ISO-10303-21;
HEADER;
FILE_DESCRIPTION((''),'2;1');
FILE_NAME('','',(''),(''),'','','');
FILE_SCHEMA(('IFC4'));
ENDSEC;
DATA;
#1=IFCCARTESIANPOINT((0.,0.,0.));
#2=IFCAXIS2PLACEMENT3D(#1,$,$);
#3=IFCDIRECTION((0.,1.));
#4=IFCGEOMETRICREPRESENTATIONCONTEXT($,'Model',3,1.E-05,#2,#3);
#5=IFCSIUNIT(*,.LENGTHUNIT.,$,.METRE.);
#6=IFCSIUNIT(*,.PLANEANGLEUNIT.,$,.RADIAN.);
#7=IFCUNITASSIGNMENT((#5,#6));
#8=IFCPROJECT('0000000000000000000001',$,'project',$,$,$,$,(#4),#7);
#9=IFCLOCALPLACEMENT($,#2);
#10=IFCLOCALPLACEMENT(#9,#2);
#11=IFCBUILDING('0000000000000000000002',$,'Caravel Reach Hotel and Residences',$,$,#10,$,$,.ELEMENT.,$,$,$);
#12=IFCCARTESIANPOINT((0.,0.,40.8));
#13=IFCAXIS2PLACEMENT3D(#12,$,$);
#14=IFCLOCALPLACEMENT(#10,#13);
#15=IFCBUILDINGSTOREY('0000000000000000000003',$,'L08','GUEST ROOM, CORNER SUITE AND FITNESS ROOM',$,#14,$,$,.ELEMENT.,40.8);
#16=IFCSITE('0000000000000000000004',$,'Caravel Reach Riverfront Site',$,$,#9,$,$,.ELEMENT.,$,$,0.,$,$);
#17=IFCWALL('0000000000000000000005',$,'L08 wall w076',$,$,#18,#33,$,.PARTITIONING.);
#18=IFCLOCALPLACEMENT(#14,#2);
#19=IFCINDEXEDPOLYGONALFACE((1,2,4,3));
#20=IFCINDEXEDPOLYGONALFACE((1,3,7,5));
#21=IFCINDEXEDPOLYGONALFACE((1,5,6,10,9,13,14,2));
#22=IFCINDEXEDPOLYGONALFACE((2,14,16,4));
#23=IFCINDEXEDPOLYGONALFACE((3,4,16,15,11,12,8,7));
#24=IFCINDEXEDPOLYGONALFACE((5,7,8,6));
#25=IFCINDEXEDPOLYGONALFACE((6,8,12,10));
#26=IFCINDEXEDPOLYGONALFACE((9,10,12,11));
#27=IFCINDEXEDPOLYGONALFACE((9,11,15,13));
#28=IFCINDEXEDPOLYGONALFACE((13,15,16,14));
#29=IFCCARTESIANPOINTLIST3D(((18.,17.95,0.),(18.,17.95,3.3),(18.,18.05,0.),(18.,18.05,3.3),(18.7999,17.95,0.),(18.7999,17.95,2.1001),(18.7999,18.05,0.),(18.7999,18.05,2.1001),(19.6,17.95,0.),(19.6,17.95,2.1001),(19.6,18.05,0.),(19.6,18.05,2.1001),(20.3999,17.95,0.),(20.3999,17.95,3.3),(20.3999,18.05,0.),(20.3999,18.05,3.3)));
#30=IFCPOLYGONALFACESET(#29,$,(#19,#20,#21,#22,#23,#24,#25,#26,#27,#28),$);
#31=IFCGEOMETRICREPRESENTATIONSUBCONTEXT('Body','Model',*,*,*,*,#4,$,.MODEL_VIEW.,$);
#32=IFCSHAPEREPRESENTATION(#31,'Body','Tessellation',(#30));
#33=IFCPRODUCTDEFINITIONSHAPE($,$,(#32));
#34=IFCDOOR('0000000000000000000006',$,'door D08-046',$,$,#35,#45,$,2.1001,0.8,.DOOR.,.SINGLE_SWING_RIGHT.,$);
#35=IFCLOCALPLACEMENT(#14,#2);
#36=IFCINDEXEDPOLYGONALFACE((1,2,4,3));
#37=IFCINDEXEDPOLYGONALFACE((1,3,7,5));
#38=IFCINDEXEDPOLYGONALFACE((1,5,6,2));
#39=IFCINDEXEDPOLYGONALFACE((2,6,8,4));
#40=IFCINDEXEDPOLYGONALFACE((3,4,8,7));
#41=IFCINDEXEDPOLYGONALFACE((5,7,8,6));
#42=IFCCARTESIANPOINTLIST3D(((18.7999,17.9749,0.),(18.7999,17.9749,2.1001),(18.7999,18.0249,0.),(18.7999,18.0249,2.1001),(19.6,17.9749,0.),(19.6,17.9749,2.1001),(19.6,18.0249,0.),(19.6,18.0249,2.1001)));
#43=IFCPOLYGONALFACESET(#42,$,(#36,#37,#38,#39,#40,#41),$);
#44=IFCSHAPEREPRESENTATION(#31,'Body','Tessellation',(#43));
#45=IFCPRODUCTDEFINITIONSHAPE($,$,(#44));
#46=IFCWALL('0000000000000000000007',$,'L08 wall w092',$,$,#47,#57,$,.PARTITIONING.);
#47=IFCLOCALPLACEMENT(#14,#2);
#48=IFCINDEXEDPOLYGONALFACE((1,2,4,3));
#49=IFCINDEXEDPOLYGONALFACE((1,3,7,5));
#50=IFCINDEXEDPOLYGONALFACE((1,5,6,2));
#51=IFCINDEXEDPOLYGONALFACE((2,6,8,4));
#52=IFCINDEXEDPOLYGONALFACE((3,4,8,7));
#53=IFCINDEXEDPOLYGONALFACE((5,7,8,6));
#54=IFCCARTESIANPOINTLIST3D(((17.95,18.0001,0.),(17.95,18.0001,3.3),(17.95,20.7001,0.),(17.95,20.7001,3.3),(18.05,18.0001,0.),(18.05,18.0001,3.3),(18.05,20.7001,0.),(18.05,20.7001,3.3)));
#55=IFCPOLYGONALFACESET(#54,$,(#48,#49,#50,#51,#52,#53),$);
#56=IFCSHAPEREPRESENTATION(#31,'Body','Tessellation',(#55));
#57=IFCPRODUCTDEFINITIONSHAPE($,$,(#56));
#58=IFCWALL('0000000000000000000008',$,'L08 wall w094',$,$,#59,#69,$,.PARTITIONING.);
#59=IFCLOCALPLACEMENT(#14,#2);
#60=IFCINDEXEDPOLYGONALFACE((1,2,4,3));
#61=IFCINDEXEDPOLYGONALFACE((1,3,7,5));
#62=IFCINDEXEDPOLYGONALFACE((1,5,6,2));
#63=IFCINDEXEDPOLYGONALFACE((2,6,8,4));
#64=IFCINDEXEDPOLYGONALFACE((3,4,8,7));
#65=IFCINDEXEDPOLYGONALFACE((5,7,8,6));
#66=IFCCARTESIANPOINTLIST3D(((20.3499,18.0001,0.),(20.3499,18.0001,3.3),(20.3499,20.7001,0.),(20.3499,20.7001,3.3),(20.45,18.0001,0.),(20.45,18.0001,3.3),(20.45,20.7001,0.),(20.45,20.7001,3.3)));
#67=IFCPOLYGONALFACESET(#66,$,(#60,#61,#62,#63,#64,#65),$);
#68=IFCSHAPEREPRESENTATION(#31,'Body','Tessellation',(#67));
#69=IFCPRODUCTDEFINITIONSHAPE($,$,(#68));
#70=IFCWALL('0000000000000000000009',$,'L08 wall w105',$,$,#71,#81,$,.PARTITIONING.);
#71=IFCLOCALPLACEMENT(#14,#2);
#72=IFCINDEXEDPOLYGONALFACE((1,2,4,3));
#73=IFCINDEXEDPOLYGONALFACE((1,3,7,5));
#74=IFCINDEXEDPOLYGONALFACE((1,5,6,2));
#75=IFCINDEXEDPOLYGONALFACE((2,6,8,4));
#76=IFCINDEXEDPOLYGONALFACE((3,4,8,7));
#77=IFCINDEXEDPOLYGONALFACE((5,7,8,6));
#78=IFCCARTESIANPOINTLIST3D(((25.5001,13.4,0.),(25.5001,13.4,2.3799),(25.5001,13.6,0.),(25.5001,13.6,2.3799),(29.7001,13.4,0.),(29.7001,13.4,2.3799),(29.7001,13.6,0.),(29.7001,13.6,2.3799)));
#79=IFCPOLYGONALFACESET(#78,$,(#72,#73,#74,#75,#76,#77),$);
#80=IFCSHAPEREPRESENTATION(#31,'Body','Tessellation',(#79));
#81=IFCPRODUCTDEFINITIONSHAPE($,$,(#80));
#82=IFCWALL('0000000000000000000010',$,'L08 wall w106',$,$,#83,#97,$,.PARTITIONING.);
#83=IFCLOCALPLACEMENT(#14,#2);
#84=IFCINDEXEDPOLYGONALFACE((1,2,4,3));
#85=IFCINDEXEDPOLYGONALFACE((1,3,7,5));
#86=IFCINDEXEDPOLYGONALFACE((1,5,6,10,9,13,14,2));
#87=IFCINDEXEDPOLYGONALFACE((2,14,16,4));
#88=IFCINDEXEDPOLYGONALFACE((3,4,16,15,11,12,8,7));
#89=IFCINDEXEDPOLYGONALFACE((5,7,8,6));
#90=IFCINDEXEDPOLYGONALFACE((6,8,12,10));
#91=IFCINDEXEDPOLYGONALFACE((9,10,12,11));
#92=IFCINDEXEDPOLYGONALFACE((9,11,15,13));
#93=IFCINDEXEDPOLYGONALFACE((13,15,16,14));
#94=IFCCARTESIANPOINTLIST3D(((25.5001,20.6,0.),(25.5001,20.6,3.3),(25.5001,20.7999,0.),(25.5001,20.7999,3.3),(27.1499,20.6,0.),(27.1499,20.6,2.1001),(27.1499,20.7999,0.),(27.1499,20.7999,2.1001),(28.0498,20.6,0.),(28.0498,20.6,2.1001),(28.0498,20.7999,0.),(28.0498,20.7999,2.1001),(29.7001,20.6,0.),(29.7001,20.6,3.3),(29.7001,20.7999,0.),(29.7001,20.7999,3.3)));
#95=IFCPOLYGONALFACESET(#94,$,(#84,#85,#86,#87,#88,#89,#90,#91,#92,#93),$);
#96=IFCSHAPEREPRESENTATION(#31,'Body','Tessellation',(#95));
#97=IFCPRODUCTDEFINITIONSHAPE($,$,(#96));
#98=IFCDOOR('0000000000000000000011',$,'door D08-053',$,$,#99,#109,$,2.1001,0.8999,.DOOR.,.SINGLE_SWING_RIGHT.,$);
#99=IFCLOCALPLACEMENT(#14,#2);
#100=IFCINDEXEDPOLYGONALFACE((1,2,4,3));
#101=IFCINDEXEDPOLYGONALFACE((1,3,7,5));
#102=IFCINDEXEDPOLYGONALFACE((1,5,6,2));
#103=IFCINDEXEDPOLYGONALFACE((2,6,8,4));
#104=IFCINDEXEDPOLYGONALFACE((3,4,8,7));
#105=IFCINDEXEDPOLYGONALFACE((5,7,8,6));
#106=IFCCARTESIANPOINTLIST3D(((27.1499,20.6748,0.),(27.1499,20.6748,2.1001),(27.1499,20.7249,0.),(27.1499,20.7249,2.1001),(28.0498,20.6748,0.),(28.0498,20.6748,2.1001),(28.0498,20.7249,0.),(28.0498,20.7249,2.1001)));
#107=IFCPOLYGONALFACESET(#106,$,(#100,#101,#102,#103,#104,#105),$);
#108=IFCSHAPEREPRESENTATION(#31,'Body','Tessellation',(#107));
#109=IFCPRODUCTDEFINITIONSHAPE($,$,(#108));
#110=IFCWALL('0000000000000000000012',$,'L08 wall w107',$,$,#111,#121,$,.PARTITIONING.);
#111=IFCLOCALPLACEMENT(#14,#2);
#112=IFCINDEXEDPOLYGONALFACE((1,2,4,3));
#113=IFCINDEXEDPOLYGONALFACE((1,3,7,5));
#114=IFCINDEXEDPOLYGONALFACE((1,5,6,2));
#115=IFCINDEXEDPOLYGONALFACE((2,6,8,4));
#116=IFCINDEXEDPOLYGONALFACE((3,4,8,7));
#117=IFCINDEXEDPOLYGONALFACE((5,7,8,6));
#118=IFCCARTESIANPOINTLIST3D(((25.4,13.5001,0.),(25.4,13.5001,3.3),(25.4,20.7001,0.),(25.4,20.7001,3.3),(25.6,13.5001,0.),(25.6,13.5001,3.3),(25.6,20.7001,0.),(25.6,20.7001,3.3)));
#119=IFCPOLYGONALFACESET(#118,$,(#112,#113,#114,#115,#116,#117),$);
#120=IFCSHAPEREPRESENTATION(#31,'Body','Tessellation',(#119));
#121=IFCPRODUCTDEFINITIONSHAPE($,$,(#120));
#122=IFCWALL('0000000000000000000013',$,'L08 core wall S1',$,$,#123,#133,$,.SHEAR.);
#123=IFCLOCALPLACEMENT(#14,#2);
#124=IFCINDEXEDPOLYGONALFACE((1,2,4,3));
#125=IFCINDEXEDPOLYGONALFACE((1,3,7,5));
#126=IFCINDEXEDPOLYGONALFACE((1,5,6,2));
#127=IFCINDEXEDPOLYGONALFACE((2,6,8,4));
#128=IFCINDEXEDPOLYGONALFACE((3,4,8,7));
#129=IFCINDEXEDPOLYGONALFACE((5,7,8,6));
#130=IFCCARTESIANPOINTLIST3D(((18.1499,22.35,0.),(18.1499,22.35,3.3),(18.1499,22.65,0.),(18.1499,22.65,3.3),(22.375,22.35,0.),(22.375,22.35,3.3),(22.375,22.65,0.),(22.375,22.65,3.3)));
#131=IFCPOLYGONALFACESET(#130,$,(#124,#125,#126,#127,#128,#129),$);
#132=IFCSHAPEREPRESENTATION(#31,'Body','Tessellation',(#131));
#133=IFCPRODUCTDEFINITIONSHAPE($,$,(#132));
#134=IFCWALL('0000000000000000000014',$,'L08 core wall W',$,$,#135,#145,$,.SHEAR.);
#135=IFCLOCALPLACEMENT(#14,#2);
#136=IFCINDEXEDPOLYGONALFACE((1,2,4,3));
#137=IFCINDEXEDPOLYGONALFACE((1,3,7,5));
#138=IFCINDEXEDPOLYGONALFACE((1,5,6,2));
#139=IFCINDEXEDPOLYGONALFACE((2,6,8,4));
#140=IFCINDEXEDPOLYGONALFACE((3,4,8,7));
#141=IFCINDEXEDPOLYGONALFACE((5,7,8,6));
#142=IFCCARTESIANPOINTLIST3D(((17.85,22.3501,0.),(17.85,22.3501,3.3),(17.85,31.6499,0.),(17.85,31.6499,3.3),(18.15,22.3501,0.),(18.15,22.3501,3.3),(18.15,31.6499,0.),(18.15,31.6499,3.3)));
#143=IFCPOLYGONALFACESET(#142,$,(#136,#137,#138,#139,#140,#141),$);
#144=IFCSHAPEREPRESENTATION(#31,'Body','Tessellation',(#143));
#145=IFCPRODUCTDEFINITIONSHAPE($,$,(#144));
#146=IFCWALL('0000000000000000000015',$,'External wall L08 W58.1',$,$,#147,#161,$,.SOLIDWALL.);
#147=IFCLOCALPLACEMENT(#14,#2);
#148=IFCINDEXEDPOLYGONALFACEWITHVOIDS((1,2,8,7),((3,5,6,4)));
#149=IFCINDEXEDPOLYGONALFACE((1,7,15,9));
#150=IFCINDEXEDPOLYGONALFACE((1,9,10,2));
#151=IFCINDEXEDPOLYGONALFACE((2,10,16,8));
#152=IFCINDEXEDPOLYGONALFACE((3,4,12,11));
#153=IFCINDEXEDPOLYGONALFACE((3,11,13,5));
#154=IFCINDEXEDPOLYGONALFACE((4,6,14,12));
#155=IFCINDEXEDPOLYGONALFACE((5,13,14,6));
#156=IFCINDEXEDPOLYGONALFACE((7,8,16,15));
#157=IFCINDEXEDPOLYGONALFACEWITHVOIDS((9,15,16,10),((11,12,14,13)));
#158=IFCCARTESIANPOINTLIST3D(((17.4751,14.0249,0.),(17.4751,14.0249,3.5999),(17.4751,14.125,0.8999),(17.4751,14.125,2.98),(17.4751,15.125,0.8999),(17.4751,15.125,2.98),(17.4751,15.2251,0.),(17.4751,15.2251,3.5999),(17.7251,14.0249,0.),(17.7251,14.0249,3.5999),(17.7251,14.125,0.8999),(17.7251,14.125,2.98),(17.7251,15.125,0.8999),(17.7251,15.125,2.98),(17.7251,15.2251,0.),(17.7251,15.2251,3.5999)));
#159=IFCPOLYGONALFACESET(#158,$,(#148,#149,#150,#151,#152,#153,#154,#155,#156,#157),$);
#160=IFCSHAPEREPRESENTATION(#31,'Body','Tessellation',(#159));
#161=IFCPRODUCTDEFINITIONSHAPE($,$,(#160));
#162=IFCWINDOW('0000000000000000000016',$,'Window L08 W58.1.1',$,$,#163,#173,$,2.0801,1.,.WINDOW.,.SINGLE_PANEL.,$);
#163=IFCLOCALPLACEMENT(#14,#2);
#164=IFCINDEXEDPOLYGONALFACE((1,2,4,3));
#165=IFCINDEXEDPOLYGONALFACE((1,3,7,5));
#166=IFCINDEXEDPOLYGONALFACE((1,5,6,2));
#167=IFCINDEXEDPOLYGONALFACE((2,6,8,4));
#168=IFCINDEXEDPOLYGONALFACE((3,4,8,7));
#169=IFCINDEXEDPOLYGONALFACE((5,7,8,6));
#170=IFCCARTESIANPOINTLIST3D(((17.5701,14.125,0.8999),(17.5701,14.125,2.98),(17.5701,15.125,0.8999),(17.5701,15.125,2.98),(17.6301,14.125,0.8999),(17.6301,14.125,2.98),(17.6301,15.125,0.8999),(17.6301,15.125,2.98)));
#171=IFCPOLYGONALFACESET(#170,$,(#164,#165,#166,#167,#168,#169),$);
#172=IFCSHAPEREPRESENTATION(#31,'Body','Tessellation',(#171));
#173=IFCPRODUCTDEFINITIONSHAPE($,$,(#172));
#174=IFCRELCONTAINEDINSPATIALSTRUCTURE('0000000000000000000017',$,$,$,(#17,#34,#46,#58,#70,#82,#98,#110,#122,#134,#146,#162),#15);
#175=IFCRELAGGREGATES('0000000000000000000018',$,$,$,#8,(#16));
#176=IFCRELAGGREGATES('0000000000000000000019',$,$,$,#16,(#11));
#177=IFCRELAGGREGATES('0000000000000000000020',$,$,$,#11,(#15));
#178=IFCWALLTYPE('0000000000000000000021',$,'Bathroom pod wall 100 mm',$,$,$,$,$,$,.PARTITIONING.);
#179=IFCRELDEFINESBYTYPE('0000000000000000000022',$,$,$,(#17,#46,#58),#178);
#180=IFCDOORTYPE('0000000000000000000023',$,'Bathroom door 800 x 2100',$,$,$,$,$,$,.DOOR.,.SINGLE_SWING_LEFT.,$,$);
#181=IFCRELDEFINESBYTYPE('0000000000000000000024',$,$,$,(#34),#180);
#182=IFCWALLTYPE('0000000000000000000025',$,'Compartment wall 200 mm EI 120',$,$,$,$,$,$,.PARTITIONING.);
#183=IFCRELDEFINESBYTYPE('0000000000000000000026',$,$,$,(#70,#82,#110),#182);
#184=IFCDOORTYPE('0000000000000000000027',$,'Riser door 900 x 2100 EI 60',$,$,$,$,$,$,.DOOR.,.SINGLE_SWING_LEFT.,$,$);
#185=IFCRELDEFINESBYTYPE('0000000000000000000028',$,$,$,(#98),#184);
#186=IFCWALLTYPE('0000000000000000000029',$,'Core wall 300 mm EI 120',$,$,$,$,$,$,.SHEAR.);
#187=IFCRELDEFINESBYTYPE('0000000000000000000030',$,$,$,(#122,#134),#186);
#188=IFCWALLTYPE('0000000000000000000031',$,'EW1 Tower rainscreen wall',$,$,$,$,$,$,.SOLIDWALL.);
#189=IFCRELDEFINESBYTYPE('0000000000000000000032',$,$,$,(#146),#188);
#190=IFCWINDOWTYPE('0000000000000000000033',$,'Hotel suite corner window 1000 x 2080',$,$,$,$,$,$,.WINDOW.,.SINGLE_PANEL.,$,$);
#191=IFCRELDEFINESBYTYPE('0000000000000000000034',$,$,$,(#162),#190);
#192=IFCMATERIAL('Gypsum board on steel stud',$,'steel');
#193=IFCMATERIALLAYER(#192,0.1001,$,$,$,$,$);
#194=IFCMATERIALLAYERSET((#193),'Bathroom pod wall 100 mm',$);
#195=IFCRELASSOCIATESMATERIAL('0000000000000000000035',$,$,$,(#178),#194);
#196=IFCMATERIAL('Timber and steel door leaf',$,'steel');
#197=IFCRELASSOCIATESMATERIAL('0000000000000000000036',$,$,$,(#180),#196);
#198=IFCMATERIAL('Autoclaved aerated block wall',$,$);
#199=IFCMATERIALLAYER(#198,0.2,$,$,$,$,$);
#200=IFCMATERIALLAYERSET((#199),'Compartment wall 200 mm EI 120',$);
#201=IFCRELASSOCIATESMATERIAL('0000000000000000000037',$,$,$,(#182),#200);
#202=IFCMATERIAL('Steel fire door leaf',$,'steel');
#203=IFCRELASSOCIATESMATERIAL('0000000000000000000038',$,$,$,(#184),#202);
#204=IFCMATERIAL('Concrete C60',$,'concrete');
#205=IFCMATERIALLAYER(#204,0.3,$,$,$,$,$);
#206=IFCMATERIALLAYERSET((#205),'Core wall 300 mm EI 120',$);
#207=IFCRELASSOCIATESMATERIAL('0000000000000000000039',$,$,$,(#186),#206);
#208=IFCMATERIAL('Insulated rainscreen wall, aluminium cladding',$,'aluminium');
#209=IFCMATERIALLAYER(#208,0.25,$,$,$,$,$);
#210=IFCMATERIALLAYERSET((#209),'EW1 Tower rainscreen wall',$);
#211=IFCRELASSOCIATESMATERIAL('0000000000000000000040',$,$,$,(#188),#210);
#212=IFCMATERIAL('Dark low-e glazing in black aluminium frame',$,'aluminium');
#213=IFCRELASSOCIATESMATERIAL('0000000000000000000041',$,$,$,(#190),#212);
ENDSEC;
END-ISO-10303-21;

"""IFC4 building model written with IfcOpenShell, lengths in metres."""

from ifc_helpers import new_model, si_unit, direction, frame, frame_2d, origin, place, context, subcontext, project, spatial, rectangle, extrude, material, layer, layer_set, type_object, element, fill, save


model = new_model("IFC4")

# Units and contexts
model_context = context("Model", 3, precision=1e-05, world=origin(), true_north=direction((0.0, 1.0)))
body_context = subcontext(model_context, "Body", "Model", "MODEL_VIEW")
ifc_project = project(units=[si_unit("LENGTHUNIT", "METRE"), si_unit("PLANEANGLEUNIT", "RADIAN")], contexts=[model_context])

# Site, building, storey
site_placement = place(None, origin())
site = spatial("IfcSite", under=ifc_project, at=site_placement, Name="Caravel Reach Riverfront Site", CompositionType="ELEMENT", RefElevation=0.0)
building_placement = place(site_placement, origin())
building = spatial("IfcBuilding", under=site, at=building_placement, Name="Caravel Reach Hotel and Residences", CompositionType="ELEMENT")
storey_placement = place(building_placement, frame((0.0, 0.0, 40.8)))
storey = spatial("IfcBuildingStorey", under=building, at=storey_placement, Name="L08", Description="GUEST ROOM, CORNER SUITE AND FITNESS ROOM", CompositionType="ELEMENT", Elevation=40.8)

# Wall, opening, door
ifc_material_1 = material(Name="Gypsum board on steel stud", Category="steel")
ifc_layer_1 = layer(ifc_material_1, 0.1001)
ifc_layer_set_1 = layer_set([ifc_layer_1], Name="Bathroom pod wall 100 mm")
wall_type_1 = type_object("IfcWallType", Name="Bathroom pod wall 100 mm", PredefinedType="PARTITIONING", material=ifc_layer_set_1)
wall_1_placement = place(storey_placement, frame((18.0, 18.0, 0.0), z_axis=(0.0, 0.0, 1.0), x_axis=(1.0, 0.0, 0.0)))
wall_1 = element("IfcWall", 1, at=wall_1_placement, inside=storey, type_object=wall_type_1, Name="L08 wall w076", PredefinedType="PARTITIONING", context=body_context, shape_type="SweptSolid", body=[
    extrude(rectangle(XDim=2.3999, YDim=0.1001, at=frame_2d((1.2, 0.0))), origin(), (0.0, 0.0, 1.0), 3.3),
])
opening_1_placement = place(wall_1_placement, frame((0.8, 0.0, 0.0)))
opening_1 = element("IfcOpeningElement", 2, at=opening_1_placement, cuts=wall_1, PredefinedType="OPENING", context=body_context, shape_type="SweptSolid", body=[
    extrude(rectangle(XDim=0.8, YDim=2.1001, at=frame_2d((0.3999, 1.05))), frame((0.0, 0.0601, 0.0), z_axis=(0.0, -1.0, 0.0), x_axis=(1.0, 0.0, 0.0)), (0.0, 0.0, 1.0), 0.1201),
])
ifc_material_2 = material(Name="Timber and steel door leaf", Category="steel")
door_type_1 = type_object("IfcDoorType", Name="Bathroom door 800 x 2100", OperationType="SINGLE_SWING_LEFT", PredefinedType="DOOR", material=ifc_material_2)
door_1_placement = place(opening_1_placement, origin())
door_1 = element("IfcDoor", 3, at=door_1_placement, inside=storey, type_object=door_type_1, Name="door D08-046", OperationType="SINGLE_SWING_RIGHT", OverallHeight=2.1001, OverallWidth=0.8, PredefinedType="DOOR", context=body_context, shape_type="SweptSolid", body=[
    extrude(rectangle(XDim=0.8, YDim=2.1001, at=frame_2d((0.3999, 1.05))), frame((0.0, 0.0249, 0.0), z_axis=(0.0, -1.0, 0.0), x_axis=(1.0, 0.0, 0.0)), (0.0, 0.0, 1.0), 0.05),
])
fill(opening_1, door_1)

# Walls
for number, where, z_axis, x_axis, name in (
    (4, (18.0, 18.0, 0.0), (0.0, 0.0, 1.0), (0.0, 1.0, 0.0), "L08 wall w092"),
    (5, (20.3999, 18.0, 0.0), (0.0, 0.0, 1.0), (0.0, 1.0, 0.0), "L08 wall w094"),
):
    element("IfcWall", number, at=place(storey_placement, frame(where, z_axis=z_axis, x_axis=x_axis)), inside=storey, type_object=wall_type_1, Name=name, PredefinedType="PARTITIONING", context=body_context, shape_type="SweptSolid", body=[
        extrude(rectangle(XDim=2.7, YDim=0.1001, at=frame_2d((1.3501, 0.0))), origin(), (0.0, 0.0, 1.0), 3.3),
    ])
ifc_material_3 = material(Name="Autoclaved aerated block wall")
ifc_layer_2 = layer(ifc_material_3, 0.2)
ifc_layer_set_2 = layer_set([ifc_layer_2], Name="Compartment wall 200 mm EI 120")
wall_type_2 = type_object("IfcWallType", Name="Compartment wall 200 mm EI 120", PredefinedType="PARTITIONING", material=ifc_layer_set_2)
wall_2_placement = place(storey_placement, frame((25.5, 13.5, 0.0), z_axis=(0.0, 0.0, 1.0), x_axis=(1.0, 0.0, 0.0)))
element("IfcWall", 6, at=wall_2_placement, inside=storey, type_object=wall_type_2, Name="L08 wall w105", PredefinedType="PARTITIONING", context=body_context, shape_type="SweptSolid", body=[
    extrude(rectangle(XDim=4.2, YDim=0.2, at=frame_2d((2.1001, 0.0))), origin(), (0.0, 0.0, 1.0), 2.3799),
])

# Wall, opening, door
wall_3_placement = place(storey_placement, frame((25.5, 20.7, 0.0), z_axis=(0.0, 0.0, 1.0), x_axis=(1.0, 0.0, 0.0)))
wall_3 = element("IfcWall", 7, at=wall_3_placement, inside=storey, type_object=wall_type_2, Name="L08 wall w106", PredefinedType="PARTITIONING", context=body_context, shape_type="SweptSolid", body=[
    extrude(rectangle(XDim=4.2, YDim=0.2, at=frame_2d((2.1001, 0.0))), origin(), (0.0, 0.0, 1.0), 3.3),
])
opening_2_placement = place(wall_3_placement, frame((1.6499, 0.0, 0.0)))
opening_2 = element("IfcOpeningElement", 8, at=opening_2_placement, cuts=wall_3, PredefinedType="OPENING", context=body_context, shape_type="SweptSolid", body=[
    extrude(rectangle(XDim=0.8999, YDim=2.1001, at=frame_2d((0.45, 1.05))), frame((0.0, 0.1099, 0.0), z_axis=(0.0, -1.0, 0.0), x_axis=(1.0, 0.0, 0.0)), (0.0, 0.0, 1.0), 0.22),
])
ifc_material_4 = material(Name="Steel fire door leaf", Category="steel")
door_type_2 = type_object("IfcDoorType", Name="Riser door 900 x 2100 EI 60", OperationType="SINGLE_SWING_LEFT", PredefinedType="DOOR", material=ifc_material_4)
door_2_placement = place(opening_2_placement, origin())
door_2 = element("IfcDoor", 9, at=door_2_placement, inside=storey, type_object=door_type_2, Name="door D08-053", OperationType="SINGLE_SWING_RIGHT", OverallHeight=2.1001, OverallWidth=0.8999, PredefinedType="DOOR", context=body_context, shape_type="SweptSolid", body=[
    extrude(rectangle(XDim=0.8999, YDim=2.1001, at=frame_2d((0.45, 1.05))), frame((0.0, 0.0249, 0.0), z_axis=(0.0, -1.0, 0.0), x_axis=(1.0, 0.0, 0.0)), (0.0, 0.0, 1.0), 0.05),
])
fill(opening_2, door_2)

# Walls
wall_4_placement = place(storey_placement, frame((25.5, 13.5, 0.0), z_axis=(0.0, 0.0, 1.0), x_axis=(0.0, 1.0, 0.0)))
element("IfcWall", 10, at=wall_4_placement, inside=storey, type_object=wall_type_2, Name="L08 wall w107", PredefinedType="PARTITIONING", context=body_context, shape_type="SweptSolid", body=[
    extrude(rectangle(XDim=7.2, YDim=0.2, at=frame_2d((3.6001, 0.0))), origin(), (0.0, 0.0, 1.0), 3.3),
])
ifc_material_5 = material(Name="Concrete C60", Category="concrete")
ifc_layer_3 = layer(ifc_material_5, 0.3)
ifc_layer_set_3 = layer_set([ifc_layer_3], Name="Core wall 300 mm EI 120")
wall_type_3 = type_object("IfcWallType", Name="Core wall 300 mm EI 120", PredefinedType="SHEAR", material=ifc_layer_set_3)
wall_5_placement = place(storey_placement, frame((18.1499, 22.5, 0.0), z_axis=(0.0, 0.0, 1.0), x_axis=(1.0, 0.0, 0.0)))
element("IfcWall", 11, at=wall_5_placement, inside=storey, type_object=wall_type_3, Name="L08 core wall S1", PredefinedType="SHEAR", context=body_context, shape_type="SweptSolid", body=[
    extrude(rectangle(XDim=4.2251, YDim=0.3, at=frame_2d((2.1125, 0.0))), origin(), (0.0, 0.0, 1.0), 3.3),
])
wall_6_placement = place(storey_placement, frame((18.0, 22.3501, 0.0), z_axis=(0.0, 0.0, 1.0), x_axis=(0.0, 1.0, 0.0)))
element("IfcWall", 12, at=wall_6_placement, inside=storey, type_object=wall_type_3, Name="L08 core wall W", PredefinedType="SHEAR", context=body_context, shape_type="SweptSolid", body=[
    extrude(rectangle(XDim=9.2998, YDim=0.3, at=frame_2d((4.6499, 0.0))), origin(), (0.0, 0.0, 1.0), 3.3),
])

# Wall, opening, window
ifc_material_6 = material(Name="Insulated rainscreen wall, aluminium cladding", Category="aluminium")
ifc_layer_4 = layer(ifc_material_6, 0.25)
ifc_layer_set_4 = layer_set([ifc_layer_4], Name="EW1 Tower rainscreen wall")
wall_type_4 = type_object("IfcWallType", Name="EW1 Tower rainscreen wall", PredefinedType="SOLIDWALL", material=ifc_layer_set_4)
wall_7_placement = place(storey_placement, frame((17.6001, 15.2251, 0.0), z_axis=(0.0, 0.0, 1.0), x_axis=(0.0, -1.0, 0.0)))
wall_7 = element("IfcWall", 13, at=wall_7_placement, inside=storey, type_object=wall_type_4, Name="External wall L08 W58.1", PredefinedType="SOLIDWALL", context=body_context, shape_type="SweptSolid", body=[
    extrude(rectangle(XDim=1.2002, YDim=0.25, at=frame_2d((0.6001, 0.0))), origin(), (0.0, 0.0, 1.0), 3.5999),
])
opening_3_placement = place(wall_7_placement, frame((0.1001, 0.0, 0.8999)))
opening_3 = element("IfcOpeningElement", 14, at=opening_3_placement, cuts=wall_7, PredefinedType="OPENING", context=body_context, shape_type="SweptSolid", body=[
    extrude(rectangle(XDim=1.0, YDim=2.0801, at=frame_2d((0.5, 1.04))), frame((0.0, 0.135, 0.0), z_axis=(0.0, -1.0, 0.0), x_axis=(1.0, 0.0, 0.0)), (0.0, 0.0, 1.0), 0.27),
])
ifc_material_7 = material(Name="Dark low-e glazing in black aluminium frame", Category="aluminium")
window_type_1 = type_object("IfcWindowType", Name="Hotel suite corner window 1000 x 2080", PartitioningType="SINGLE_PANEL", PredefinedType="WINDOW", material=ifc_material_7)
window_1_placement = place(opening_3_placement, origin())
window_1 = element("IfcWindow", 15, at=window_1_placement, inside=storey, type_object=window_type_1, Name="Window L08 W58.1.1", OverallHeight=2.0801, OverallWidth=1.0, PartitioningType="SINGLE_PANEL", PredefinedType="WINDOW", context=body_context, shape_type="SweptSolid", body=[
    extrude(rectangle(XDim=1.0, YDim=2.0801, at=frame_2d((0.5, 1.04))), frame((0.0, 0.03, 0.0), z_axis=(0.0, -1.0, 0.0), x_axis=(1.0, 0.0, 0.0)), (0.0, 0.0, 1.0), 0.0601),
])
fill(opening_3, window_1)

save(model, "model.ifc")
